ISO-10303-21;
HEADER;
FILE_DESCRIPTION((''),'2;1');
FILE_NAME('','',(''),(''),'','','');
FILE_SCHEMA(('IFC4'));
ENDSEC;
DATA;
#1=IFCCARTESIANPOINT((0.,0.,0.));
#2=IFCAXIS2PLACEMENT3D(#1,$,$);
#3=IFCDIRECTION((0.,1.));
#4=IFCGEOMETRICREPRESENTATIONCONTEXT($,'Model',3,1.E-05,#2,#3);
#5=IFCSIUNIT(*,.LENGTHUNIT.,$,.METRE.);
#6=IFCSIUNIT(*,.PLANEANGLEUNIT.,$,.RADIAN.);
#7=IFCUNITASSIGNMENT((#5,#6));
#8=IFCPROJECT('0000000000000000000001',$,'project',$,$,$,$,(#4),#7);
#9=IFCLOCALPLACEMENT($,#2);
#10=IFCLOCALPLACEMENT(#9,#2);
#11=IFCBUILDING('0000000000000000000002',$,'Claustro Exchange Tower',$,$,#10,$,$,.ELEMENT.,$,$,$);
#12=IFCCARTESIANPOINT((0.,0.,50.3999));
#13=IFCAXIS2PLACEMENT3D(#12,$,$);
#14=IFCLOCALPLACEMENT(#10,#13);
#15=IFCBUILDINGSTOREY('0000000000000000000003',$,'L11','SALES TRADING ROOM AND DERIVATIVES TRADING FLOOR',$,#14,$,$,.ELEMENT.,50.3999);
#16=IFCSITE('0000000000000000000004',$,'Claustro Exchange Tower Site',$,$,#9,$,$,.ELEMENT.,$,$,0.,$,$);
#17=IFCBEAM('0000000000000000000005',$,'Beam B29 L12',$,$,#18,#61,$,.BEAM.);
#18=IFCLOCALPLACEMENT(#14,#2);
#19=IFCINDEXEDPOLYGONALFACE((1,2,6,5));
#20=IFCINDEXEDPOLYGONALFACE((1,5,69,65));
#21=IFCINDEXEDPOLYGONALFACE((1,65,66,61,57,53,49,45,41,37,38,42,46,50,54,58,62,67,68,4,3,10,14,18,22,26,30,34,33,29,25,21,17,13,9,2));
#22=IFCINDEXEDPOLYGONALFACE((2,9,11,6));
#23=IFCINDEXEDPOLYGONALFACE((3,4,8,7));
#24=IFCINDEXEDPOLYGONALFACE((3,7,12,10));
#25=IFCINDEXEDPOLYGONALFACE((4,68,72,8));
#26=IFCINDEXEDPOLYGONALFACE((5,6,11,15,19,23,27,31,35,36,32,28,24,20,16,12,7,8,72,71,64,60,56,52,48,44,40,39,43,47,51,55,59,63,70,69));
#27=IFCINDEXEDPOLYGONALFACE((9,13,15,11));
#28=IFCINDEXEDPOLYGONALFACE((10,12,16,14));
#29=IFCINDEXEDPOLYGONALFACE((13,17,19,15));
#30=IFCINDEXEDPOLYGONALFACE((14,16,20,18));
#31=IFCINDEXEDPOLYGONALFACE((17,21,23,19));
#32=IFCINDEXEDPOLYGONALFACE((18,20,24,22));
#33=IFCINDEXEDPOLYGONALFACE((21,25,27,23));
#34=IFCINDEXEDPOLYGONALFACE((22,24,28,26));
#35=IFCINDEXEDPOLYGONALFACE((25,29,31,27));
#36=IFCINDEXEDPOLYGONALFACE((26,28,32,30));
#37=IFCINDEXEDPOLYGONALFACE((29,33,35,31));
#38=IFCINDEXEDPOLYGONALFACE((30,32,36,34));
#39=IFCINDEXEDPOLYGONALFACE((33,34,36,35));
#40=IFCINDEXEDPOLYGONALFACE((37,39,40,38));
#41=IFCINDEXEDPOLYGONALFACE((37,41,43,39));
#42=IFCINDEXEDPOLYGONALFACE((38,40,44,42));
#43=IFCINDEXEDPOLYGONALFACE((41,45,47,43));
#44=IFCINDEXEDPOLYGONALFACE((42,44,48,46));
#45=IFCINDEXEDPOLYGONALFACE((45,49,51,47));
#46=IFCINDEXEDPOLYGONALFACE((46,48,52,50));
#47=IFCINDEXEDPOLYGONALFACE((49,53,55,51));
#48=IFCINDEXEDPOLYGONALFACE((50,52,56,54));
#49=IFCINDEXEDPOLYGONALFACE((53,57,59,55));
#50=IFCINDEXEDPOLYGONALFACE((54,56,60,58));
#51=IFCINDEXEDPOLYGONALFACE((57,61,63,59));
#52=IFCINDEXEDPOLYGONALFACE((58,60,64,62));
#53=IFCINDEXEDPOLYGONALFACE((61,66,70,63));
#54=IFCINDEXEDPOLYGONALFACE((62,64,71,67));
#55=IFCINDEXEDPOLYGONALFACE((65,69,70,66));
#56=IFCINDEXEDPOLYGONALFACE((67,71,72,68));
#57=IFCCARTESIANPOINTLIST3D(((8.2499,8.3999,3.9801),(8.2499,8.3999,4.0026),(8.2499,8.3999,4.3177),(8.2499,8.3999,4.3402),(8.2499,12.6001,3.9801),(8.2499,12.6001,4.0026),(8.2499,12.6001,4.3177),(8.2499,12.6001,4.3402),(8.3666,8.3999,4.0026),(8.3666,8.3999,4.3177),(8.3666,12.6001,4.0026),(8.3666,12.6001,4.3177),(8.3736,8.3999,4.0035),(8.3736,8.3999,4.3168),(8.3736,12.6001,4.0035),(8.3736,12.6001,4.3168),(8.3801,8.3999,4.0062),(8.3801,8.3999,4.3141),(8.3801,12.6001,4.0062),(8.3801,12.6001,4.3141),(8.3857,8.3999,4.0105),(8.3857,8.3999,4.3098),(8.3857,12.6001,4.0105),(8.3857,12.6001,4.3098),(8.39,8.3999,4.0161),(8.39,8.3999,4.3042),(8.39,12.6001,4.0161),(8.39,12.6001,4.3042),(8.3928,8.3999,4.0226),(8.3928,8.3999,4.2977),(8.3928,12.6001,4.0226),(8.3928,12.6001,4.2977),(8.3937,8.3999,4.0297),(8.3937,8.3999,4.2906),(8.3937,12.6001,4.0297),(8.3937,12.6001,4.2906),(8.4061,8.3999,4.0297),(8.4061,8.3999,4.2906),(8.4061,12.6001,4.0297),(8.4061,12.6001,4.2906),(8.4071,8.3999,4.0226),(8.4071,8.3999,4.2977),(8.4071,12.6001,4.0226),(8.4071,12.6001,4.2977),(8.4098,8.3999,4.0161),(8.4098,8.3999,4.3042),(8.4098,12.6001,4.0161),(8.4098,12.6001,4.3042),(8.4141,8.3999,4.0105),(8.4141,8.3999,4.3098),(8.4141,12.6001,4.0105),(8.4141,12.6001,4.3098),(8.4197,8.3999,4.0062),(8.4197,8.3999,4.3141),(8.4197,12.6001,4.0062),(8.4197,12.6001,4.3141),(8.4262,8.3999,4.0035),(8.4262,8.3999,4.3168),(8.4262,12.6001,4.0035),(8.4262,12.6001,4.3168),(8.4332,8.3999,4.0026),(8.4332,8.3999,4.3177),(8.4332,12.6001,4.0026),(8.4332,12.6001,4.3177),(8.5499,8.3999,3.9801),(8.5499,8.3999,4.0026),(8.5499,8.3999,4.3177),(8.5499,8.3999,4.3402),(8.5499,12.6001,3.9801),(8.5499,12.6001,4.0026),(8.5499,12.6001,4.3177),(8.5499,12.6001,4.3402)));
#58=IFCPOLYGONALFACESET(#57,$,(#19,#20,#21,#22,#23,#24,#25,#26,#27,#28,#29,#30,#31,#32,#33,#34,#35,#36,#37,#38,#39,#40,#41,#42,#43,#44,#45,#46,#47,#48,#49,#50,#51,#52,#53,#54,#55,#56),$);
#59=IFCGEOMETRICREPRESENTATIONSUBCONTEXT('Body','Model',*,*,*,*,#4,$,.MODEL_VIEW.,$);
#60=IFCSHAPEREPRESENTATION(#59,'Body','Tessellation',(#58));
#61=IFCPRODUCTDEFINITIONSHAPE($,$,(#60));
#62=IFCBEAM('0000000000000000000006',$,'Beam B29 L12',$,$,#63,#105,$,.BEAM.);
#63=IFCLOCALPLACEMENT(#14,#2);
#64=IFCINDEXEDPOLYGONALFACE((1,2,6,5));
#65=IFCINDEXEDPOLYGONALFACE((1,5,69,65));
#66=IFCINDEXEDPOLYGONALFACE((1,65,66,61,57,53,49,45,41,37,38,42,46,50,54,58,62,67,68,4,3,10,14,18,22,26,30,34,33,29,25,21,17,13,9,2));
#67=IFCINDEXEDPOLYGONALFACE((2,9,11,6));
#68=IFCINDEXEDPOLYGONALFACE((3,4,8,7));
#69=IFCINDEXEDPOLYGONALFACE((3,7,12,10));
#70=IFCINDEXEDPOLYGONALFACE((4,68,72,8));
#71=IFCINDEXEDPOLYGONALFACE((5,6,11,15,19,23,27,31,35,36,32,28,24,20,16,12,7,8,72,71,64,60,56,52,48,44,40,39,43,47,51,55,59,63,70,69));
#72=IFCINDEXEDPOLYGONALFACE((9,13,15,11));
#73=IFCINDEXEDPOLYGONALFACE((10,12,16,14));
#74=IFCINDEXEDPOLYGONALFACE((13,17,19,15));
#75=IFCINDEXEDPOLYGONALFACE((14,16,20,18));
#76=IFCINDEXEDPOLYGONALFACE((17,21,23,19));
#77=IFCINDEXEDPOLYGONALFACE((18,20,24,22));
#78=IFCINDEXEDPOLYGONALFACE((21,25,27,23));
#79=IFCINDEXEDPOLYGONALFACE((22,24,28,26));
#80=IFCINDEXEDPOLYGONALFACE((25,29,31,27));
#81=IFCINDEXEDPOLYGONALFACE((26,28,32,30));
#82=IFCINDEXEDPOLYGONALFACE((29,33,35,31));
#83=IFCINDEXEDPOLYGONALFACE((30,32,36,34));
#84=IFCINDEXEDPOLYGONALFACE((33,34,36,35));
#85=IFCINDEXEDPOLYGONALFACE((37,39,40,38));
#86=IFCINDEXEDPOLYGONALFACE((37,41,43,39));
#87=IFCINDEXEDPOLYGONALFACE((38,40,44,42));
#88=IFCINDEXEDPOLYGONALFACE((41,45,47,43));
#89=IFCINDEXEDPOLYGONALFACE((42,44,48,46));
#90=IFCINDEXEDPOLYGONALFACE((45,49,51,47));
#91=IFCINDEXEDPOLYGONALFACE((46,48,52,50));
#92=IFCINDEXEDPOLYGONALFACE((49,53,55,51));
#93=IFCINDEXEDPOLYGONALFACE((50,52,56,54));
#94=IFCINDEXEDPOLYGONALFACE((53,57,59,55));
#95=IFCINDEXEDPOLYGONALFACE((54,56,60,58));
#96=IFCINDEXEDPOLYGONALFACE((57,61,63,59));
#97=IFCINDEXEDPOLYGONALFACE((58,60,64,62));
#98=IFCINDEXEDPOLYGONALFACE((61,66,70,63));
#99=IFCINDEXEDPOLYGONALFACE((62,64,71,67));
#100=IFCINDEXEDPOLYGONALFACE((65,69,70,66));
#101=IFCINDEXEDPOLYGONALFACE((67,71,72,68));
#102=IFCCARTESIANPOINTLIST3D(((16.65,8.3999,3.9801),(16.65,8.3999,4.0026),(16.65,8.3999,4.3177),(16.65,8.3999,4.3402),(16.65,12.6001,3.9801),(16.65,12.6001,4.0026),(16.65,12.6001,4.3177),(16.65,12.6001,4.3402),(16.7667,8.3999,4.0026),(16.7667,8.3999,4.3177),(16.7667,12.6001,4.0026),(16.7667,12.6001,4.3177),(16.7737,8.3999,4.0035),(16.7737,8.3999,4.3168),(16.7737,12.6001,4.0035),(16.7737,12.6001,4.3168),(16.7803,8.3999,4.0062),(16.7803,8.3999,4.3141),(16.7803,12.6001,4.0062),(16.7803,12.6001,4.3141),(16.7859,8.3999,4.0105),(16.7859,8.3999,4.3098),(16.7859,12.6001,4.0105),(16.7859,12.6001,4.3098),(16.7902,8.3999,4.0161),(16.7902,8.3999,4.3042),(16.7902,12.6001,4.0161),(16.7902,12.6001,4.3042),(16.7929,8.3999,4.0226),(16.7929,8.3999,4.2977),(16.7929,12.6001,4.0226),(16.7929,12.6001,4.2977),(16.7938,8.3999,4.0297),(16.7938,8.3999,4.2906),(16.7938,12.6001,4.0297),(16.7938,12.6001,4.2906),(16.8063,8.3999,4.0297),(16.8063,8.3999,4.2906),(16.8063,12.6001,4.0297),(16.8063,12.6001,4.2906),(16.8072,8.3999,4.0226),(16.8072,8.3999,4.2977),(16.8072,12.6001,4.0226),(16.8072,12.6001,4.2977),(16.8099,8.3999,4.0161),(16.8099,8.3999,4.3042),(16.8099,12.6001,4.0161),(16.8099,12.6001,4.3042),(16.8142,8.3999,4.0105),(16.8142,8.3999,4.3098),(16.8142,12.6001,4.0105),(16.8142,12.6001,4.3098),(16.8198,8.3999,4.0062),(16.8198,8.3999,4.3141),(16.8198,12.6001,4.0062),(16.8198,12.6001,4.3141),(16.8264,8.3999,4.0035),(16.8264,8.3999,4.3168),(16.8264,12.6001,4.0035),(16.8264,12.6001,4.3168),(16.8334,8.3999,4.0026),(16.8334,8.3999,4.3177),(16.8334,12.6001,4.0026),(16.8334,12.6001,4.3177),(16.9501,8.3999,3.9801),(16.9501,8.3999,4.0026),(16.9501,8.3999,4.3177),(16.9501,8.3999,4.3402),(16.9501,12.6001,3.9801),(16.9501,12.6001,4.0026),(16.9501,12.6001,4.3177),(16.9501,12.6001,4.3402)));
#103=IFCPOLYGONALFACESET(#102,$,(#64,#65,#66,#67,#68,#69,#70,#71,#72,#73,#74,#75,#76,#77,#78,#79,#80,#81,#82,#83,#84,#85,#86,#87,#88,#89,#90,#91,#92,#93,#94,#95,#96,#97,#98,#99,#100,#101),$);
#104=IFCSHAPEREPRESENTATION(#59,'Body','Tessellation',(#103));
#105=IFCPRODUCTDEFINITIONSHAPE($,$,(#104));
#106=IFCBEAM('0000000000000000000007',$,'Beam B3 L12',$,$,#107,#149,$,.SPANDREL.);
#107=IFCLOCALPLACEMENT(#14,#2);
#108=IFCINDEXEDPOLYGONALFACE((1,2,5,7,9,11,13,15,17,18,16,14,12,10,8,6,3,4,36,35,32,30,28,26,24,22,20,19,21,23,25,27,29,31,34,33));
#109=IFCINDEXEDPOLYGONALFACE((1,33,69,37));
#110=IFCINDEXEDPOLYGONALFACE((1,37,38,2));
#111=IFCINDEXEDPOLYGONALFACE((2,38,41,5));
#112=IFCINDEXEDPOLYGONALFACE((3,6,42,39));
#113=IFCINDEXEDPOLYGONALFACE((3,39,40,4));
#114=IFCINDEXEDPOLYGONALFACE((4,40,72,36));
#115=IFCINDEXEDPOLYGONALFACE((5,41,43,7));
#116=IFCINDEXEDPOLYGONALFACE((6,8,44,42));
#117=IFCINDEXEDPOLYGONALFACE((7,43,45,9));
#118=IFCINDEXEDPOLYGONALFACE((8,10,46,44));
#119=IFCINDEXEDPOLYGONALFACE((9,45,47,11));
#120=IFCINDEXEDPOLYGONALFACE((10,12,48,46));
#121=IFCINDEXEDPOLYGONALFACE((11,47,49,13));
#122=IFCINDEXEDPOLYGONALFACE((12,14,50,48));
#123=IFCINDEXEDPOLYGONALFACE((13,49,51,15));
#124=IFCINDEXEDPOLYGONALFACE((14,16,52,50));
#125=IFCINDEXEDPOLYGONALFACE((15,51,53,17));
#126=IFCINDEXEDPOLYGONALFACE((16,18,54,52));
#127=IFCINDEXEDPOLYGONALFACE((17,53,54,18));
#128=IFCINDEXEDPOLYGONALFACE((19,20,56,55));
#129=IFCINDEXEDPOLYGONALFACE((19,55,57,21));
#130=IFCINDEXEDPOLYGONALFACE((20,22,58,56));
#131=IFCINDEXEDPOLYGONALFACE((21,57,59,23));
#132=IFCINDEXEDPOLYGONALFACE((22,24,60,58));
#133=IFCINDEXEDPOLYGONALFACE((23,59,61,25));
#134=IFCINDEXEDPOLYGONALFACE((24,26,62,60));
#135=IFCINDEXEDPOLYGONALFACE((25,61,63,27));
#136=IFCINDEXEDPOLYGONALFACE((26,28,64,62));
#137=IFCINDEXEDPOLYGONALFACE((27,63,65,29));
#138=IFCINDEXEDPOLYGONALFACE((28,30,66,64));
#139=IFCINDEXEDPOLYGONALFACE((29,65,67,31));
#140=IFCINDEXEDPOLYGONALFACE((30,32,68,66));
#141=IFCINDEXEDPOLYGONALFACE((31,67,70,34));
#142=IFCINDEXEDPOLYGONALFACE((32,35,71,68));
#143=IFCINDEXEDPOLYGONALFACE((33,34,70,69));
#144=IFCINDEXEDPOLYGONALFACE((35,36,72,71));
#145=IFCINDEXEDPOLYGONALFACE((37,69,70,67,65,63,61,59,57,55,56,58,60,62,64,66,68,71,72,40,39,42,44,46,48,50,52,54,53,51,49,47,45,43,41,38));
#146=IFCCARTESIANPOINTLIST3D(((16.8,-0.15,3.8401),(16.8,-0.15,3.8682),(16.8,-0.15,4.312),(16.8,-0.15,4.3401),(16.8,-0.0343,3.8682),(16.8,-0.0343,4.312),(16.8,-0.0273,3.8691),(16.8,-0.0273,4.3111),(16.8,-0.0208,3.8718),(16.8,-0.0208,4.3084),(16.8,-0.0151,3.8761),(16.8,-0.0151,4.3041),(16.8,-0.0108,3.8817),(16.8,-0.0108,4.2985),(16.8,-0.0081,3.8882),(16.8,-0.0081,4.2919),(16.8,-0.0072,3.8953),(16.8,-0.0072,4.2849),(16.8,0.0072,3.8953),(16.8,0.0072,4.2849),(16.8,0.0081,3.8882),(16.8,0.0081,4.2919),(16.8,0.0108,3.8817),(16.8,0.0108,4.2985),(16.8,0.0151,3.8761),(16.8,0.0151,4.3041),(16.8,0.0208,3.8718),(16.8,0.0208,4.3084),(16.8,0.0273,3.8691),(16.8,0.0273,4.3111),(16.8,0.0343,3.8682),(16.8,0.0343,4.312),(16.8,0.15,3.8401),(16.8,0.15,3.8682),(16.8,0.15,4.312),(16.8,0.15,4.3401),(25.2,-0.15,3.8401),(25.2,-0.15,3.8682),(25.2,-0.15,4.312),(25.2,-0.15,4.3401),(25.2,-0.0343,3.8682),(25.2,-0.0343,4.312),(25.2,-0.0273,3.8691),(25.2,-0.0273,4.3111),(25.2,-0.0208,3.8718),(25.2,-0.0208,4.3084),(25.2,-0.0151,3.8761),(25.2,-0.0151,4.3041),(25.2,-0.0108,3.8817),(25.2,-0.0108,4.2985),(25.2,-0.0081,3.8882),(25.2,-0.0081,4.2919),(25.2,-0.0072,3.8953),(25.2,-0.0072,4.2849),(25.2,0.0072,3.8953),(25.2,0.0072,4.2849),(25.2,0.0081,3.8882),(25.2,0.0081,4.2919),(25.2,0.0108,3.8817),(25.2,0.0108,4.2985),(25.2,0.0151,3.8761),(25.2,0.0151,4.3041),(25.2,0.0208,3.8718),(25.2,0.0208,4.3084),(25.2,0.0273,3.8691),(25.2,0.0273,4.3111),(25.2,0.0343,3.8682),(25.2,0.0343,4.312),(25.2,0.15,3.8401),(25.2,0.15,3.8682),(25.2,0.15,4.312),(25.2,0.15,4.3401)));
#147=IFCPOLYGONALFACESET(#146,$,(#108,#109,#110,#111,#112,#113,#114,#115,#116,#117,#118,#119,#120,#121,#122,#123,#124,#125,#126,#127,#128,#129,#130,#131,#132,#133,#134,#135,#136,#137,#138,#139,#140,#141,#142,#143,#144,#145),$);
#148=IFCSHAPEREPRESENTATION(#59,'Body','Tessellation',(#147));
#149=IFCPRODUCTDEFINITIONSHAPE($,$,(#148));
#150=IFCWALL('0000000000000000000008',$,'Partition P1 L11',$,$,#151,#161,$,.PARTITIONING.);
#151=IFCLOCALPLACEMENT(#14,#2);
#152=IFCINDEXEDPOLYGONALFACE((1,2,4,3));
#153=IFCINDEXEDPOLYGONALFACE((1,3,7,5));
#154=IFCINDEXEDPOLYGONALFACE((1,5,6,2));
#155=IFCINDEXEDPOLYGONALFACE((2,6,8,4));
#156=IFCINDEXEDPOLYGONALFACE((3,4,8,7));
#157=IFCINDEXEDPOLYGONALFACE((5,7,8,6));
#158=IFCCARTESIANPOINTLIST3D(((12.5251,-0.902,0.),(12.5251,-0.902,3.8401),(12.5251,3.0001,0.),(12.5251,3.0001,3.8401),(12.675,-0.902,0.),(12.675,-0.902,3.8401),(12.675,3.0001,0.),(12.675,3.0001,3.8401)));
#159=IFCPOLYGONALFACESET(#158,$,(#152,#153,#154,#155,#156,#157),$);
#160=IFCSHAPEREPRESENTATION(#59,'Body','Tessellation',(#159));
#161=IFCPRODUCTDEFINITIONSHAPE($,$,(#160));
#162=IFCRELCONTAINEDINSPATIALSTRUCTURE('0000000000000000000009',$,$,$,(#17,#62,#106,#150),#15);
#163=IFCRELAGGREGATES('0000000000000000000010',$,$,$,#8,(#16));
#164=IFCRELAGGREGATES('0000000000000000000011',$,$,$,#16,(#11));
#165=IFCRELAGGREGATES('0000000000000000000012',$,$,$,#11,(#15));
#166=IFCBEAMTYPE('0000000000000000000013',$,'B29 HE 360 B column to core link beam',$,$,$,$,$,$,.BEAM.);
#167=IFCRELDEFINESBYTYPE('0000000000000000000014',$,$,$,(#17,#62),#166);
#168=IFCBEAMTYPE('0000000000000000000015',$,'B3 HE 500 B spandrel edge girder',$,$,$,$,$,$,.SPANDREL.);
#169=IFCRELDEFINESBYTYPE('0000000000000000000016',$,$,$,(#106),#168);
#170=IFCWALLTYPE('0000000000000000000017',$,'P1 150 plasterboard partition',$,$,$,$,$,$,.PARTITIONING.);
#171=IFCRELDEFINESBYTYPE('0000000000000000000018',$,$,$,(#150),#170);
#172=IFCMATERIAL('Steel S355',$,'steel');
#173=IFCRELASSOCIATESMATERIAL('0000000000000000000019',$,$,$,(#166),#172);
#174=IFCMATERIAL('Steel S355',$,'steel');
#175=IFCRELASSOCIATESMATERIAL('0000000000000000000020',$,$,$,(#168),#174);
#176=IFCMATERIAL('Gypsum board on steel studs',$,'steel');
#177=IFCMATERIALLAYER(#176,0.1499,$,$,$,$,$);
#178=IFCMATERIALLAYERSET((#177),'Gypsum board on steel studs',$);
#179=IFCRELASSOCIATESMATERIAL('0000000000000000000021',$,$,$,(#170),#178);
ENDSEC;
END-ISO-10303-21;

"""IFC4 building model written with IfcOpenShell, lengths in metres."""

from ifc_helpers import new_model, si_unit, direction, frame, frame_2d, origin, origin_2d, place, context, subcontext, project, spatial, rectangle, i_section, extrude, material, layer, layer_set, material_profile, profile_set, type_object, element, save


model = new_model("IFC4")

# Units and contexts
model_context = context("Model", 3, precision=1e-05, world=origin(), true_north=direction((0.0, 1.0)))
body_context = subcontext(model_context, "Body", "Model", "MODEL_VIEW")
ifc_project = project(units=[si_unit("LENGTHUNIT", "METRE"), si_unit("PLANEANGLEUNIT", "RADIAN")], contexts=[model_context])

# Site, building, storey
site_placement = place(None, origin())
site = spatial("IfcSite", under=ifc_project, at=site_placement, Name="Claustro Exchange Tower Site", CompositionType="ELEMENT", RefElevation=0.0)
building_placement = place(site_placement, origin())
building = spatial("IfcBuilding", under=site, at=building_placement, Name="Claustro Exchange Tower", CompositionType="ELEMENT")
storey_placement = place(building_placement, frame((0.0, 0.0, 50.3999)))
storey = spatial("IfcBuildingStorey", under=building, at=storey_placement, Name="L11", Description="SALES TRADING ROOM AND DERIVATIVES TRADING FLOOR", CompositionType="ELEMENT", Elevation=50.3999)

# Beams
ifc_material_1 = material(Name="Steel S355", Category="steel")
ifc_material_profile_1 = material_profile(ifc_material_1, i_section(OverallWidth=0.3, OverallDepth=0.3601, WebThickness=0.0125, FlangeThickness=0.0225, FilletRadius=0.0271, at=origin_2d()), Name="HE 360 B")
ifc_profile_set_1 = profile_set([ifc_material_profile_1], Name="Steel S355")
beam_type_1 = type_object("IfcBeamType", Name="B29 HE 360 B column to core link beam", PredefinedType="BEAM", material=ifc_profile_set_1)
for number, where, z_axis, x_axis, name in (
    (1, (8.3999, 8.3999, 4.1602), (0.0, 1.0, 0.0), (-1.0, 0.0, 0.0), "Beam B29 L12"),
    (2, (16.8, 8.3999, 4.1602), (0.0, 1.0, 0.0), (-1.0, 0.0, 0.0), "Beam B29 L12"),
):
    element("IfcBeam", number, at=place(storey_placement, frame(where, z_axis=z_axis, x_axis=x_axis)), inside=storey, type_object=beam_type_1, Name=name, PredefinedType="BEAM", context=body_context, shape_type="SweptSolid", body=[
        extrude(i_section(OverallWidth=0.3, OverallDepth=0.3601, WebThickness=0.0125, FlangeThickness=0.0225, FilletRadius=0.0271, at=origin_2d()), origin(), (0.0, 0.0, 1.0), 4.2002),
    ])
ifc_material_2 = material(Name="Steel S355", Category="steel")
ifc_material_profile_2 = material_profile(ifc_material_2, i_section(OverallWidth=0.3, OverallDepth=0.5, WebThickness=0.0144, FlangeThickness=0.0281, FilletRadius=0.0271, at=origin_2d()), Name="HE 500 B")
ifc_profile_set_2 = profile_set([ifc_material_profile_2], Name="Steel S355")
beam_type_2 = type_object("IfcBeamType", Name="B3 HE 500 B spandrel edge girder", PredefinedType="SPANDREL", material=ifc_profile_set_2)
beam_1_placement = place(storey_placement, frame((16.8, 0.0, 4.0901), z_axis=(1.0, 0.0, 0.0), x_axis=(0.0, 1.0, 0.0)))
element("IfcBeam", 3, at=beam_1_placement, inside=storey, type_object=beam_type_2, Name="Beam B3 L12", PredefinedType="SPANDREL", context=body_context, shape_type="SweptSolid", body=[
    extrude(i_section(OverallWidth=0.3, OverallDepth=0.5, WebThickness=0.0144, FlangeThickness=0.0281, FilletRadius=0.0271, at=origin_2d()), origin(), (0.0, 0.0, 1.0), 8.3999),
])

# Wall
ifc_material_3 = material(Name="Gypsum board on steel studs", Category="steel")
ifc_layer_1 = layer(ifc_material_3, 0.1499)
ifc_layer_set_1 = layer_set([ifc_layer_1], Name="Gypsum board on steel studs")
wall_type_1 = type_object("IfcWallType", Name="P1 150 plasterboard partition", PredefinedType="PARTITIONING", material=ifc_layer_set_1)
wall_1_placement = place(storey_placement, frame((12.6001, -0.9021, 0.0), z_axis=(0.0, 0.0, 1.0), x_axis=(0.0, 1.0, 0.0)))
element("IfcWall", 4, at=wall_1_placement, inside=storey, type_object=wall_type_1, Name="Partition P1 L11", PredefinedType="PARTITIONING", context=body_context, shape_type="SweptSolid", body=[
    extrude(rectangle(XDim=3.9021, YDim=0.1499, at=frame_2d((1.9512, 0.0))), origin(), (0.0, 0.0, 1.0), 3.8401),
])

save(model, "model.ifc")
